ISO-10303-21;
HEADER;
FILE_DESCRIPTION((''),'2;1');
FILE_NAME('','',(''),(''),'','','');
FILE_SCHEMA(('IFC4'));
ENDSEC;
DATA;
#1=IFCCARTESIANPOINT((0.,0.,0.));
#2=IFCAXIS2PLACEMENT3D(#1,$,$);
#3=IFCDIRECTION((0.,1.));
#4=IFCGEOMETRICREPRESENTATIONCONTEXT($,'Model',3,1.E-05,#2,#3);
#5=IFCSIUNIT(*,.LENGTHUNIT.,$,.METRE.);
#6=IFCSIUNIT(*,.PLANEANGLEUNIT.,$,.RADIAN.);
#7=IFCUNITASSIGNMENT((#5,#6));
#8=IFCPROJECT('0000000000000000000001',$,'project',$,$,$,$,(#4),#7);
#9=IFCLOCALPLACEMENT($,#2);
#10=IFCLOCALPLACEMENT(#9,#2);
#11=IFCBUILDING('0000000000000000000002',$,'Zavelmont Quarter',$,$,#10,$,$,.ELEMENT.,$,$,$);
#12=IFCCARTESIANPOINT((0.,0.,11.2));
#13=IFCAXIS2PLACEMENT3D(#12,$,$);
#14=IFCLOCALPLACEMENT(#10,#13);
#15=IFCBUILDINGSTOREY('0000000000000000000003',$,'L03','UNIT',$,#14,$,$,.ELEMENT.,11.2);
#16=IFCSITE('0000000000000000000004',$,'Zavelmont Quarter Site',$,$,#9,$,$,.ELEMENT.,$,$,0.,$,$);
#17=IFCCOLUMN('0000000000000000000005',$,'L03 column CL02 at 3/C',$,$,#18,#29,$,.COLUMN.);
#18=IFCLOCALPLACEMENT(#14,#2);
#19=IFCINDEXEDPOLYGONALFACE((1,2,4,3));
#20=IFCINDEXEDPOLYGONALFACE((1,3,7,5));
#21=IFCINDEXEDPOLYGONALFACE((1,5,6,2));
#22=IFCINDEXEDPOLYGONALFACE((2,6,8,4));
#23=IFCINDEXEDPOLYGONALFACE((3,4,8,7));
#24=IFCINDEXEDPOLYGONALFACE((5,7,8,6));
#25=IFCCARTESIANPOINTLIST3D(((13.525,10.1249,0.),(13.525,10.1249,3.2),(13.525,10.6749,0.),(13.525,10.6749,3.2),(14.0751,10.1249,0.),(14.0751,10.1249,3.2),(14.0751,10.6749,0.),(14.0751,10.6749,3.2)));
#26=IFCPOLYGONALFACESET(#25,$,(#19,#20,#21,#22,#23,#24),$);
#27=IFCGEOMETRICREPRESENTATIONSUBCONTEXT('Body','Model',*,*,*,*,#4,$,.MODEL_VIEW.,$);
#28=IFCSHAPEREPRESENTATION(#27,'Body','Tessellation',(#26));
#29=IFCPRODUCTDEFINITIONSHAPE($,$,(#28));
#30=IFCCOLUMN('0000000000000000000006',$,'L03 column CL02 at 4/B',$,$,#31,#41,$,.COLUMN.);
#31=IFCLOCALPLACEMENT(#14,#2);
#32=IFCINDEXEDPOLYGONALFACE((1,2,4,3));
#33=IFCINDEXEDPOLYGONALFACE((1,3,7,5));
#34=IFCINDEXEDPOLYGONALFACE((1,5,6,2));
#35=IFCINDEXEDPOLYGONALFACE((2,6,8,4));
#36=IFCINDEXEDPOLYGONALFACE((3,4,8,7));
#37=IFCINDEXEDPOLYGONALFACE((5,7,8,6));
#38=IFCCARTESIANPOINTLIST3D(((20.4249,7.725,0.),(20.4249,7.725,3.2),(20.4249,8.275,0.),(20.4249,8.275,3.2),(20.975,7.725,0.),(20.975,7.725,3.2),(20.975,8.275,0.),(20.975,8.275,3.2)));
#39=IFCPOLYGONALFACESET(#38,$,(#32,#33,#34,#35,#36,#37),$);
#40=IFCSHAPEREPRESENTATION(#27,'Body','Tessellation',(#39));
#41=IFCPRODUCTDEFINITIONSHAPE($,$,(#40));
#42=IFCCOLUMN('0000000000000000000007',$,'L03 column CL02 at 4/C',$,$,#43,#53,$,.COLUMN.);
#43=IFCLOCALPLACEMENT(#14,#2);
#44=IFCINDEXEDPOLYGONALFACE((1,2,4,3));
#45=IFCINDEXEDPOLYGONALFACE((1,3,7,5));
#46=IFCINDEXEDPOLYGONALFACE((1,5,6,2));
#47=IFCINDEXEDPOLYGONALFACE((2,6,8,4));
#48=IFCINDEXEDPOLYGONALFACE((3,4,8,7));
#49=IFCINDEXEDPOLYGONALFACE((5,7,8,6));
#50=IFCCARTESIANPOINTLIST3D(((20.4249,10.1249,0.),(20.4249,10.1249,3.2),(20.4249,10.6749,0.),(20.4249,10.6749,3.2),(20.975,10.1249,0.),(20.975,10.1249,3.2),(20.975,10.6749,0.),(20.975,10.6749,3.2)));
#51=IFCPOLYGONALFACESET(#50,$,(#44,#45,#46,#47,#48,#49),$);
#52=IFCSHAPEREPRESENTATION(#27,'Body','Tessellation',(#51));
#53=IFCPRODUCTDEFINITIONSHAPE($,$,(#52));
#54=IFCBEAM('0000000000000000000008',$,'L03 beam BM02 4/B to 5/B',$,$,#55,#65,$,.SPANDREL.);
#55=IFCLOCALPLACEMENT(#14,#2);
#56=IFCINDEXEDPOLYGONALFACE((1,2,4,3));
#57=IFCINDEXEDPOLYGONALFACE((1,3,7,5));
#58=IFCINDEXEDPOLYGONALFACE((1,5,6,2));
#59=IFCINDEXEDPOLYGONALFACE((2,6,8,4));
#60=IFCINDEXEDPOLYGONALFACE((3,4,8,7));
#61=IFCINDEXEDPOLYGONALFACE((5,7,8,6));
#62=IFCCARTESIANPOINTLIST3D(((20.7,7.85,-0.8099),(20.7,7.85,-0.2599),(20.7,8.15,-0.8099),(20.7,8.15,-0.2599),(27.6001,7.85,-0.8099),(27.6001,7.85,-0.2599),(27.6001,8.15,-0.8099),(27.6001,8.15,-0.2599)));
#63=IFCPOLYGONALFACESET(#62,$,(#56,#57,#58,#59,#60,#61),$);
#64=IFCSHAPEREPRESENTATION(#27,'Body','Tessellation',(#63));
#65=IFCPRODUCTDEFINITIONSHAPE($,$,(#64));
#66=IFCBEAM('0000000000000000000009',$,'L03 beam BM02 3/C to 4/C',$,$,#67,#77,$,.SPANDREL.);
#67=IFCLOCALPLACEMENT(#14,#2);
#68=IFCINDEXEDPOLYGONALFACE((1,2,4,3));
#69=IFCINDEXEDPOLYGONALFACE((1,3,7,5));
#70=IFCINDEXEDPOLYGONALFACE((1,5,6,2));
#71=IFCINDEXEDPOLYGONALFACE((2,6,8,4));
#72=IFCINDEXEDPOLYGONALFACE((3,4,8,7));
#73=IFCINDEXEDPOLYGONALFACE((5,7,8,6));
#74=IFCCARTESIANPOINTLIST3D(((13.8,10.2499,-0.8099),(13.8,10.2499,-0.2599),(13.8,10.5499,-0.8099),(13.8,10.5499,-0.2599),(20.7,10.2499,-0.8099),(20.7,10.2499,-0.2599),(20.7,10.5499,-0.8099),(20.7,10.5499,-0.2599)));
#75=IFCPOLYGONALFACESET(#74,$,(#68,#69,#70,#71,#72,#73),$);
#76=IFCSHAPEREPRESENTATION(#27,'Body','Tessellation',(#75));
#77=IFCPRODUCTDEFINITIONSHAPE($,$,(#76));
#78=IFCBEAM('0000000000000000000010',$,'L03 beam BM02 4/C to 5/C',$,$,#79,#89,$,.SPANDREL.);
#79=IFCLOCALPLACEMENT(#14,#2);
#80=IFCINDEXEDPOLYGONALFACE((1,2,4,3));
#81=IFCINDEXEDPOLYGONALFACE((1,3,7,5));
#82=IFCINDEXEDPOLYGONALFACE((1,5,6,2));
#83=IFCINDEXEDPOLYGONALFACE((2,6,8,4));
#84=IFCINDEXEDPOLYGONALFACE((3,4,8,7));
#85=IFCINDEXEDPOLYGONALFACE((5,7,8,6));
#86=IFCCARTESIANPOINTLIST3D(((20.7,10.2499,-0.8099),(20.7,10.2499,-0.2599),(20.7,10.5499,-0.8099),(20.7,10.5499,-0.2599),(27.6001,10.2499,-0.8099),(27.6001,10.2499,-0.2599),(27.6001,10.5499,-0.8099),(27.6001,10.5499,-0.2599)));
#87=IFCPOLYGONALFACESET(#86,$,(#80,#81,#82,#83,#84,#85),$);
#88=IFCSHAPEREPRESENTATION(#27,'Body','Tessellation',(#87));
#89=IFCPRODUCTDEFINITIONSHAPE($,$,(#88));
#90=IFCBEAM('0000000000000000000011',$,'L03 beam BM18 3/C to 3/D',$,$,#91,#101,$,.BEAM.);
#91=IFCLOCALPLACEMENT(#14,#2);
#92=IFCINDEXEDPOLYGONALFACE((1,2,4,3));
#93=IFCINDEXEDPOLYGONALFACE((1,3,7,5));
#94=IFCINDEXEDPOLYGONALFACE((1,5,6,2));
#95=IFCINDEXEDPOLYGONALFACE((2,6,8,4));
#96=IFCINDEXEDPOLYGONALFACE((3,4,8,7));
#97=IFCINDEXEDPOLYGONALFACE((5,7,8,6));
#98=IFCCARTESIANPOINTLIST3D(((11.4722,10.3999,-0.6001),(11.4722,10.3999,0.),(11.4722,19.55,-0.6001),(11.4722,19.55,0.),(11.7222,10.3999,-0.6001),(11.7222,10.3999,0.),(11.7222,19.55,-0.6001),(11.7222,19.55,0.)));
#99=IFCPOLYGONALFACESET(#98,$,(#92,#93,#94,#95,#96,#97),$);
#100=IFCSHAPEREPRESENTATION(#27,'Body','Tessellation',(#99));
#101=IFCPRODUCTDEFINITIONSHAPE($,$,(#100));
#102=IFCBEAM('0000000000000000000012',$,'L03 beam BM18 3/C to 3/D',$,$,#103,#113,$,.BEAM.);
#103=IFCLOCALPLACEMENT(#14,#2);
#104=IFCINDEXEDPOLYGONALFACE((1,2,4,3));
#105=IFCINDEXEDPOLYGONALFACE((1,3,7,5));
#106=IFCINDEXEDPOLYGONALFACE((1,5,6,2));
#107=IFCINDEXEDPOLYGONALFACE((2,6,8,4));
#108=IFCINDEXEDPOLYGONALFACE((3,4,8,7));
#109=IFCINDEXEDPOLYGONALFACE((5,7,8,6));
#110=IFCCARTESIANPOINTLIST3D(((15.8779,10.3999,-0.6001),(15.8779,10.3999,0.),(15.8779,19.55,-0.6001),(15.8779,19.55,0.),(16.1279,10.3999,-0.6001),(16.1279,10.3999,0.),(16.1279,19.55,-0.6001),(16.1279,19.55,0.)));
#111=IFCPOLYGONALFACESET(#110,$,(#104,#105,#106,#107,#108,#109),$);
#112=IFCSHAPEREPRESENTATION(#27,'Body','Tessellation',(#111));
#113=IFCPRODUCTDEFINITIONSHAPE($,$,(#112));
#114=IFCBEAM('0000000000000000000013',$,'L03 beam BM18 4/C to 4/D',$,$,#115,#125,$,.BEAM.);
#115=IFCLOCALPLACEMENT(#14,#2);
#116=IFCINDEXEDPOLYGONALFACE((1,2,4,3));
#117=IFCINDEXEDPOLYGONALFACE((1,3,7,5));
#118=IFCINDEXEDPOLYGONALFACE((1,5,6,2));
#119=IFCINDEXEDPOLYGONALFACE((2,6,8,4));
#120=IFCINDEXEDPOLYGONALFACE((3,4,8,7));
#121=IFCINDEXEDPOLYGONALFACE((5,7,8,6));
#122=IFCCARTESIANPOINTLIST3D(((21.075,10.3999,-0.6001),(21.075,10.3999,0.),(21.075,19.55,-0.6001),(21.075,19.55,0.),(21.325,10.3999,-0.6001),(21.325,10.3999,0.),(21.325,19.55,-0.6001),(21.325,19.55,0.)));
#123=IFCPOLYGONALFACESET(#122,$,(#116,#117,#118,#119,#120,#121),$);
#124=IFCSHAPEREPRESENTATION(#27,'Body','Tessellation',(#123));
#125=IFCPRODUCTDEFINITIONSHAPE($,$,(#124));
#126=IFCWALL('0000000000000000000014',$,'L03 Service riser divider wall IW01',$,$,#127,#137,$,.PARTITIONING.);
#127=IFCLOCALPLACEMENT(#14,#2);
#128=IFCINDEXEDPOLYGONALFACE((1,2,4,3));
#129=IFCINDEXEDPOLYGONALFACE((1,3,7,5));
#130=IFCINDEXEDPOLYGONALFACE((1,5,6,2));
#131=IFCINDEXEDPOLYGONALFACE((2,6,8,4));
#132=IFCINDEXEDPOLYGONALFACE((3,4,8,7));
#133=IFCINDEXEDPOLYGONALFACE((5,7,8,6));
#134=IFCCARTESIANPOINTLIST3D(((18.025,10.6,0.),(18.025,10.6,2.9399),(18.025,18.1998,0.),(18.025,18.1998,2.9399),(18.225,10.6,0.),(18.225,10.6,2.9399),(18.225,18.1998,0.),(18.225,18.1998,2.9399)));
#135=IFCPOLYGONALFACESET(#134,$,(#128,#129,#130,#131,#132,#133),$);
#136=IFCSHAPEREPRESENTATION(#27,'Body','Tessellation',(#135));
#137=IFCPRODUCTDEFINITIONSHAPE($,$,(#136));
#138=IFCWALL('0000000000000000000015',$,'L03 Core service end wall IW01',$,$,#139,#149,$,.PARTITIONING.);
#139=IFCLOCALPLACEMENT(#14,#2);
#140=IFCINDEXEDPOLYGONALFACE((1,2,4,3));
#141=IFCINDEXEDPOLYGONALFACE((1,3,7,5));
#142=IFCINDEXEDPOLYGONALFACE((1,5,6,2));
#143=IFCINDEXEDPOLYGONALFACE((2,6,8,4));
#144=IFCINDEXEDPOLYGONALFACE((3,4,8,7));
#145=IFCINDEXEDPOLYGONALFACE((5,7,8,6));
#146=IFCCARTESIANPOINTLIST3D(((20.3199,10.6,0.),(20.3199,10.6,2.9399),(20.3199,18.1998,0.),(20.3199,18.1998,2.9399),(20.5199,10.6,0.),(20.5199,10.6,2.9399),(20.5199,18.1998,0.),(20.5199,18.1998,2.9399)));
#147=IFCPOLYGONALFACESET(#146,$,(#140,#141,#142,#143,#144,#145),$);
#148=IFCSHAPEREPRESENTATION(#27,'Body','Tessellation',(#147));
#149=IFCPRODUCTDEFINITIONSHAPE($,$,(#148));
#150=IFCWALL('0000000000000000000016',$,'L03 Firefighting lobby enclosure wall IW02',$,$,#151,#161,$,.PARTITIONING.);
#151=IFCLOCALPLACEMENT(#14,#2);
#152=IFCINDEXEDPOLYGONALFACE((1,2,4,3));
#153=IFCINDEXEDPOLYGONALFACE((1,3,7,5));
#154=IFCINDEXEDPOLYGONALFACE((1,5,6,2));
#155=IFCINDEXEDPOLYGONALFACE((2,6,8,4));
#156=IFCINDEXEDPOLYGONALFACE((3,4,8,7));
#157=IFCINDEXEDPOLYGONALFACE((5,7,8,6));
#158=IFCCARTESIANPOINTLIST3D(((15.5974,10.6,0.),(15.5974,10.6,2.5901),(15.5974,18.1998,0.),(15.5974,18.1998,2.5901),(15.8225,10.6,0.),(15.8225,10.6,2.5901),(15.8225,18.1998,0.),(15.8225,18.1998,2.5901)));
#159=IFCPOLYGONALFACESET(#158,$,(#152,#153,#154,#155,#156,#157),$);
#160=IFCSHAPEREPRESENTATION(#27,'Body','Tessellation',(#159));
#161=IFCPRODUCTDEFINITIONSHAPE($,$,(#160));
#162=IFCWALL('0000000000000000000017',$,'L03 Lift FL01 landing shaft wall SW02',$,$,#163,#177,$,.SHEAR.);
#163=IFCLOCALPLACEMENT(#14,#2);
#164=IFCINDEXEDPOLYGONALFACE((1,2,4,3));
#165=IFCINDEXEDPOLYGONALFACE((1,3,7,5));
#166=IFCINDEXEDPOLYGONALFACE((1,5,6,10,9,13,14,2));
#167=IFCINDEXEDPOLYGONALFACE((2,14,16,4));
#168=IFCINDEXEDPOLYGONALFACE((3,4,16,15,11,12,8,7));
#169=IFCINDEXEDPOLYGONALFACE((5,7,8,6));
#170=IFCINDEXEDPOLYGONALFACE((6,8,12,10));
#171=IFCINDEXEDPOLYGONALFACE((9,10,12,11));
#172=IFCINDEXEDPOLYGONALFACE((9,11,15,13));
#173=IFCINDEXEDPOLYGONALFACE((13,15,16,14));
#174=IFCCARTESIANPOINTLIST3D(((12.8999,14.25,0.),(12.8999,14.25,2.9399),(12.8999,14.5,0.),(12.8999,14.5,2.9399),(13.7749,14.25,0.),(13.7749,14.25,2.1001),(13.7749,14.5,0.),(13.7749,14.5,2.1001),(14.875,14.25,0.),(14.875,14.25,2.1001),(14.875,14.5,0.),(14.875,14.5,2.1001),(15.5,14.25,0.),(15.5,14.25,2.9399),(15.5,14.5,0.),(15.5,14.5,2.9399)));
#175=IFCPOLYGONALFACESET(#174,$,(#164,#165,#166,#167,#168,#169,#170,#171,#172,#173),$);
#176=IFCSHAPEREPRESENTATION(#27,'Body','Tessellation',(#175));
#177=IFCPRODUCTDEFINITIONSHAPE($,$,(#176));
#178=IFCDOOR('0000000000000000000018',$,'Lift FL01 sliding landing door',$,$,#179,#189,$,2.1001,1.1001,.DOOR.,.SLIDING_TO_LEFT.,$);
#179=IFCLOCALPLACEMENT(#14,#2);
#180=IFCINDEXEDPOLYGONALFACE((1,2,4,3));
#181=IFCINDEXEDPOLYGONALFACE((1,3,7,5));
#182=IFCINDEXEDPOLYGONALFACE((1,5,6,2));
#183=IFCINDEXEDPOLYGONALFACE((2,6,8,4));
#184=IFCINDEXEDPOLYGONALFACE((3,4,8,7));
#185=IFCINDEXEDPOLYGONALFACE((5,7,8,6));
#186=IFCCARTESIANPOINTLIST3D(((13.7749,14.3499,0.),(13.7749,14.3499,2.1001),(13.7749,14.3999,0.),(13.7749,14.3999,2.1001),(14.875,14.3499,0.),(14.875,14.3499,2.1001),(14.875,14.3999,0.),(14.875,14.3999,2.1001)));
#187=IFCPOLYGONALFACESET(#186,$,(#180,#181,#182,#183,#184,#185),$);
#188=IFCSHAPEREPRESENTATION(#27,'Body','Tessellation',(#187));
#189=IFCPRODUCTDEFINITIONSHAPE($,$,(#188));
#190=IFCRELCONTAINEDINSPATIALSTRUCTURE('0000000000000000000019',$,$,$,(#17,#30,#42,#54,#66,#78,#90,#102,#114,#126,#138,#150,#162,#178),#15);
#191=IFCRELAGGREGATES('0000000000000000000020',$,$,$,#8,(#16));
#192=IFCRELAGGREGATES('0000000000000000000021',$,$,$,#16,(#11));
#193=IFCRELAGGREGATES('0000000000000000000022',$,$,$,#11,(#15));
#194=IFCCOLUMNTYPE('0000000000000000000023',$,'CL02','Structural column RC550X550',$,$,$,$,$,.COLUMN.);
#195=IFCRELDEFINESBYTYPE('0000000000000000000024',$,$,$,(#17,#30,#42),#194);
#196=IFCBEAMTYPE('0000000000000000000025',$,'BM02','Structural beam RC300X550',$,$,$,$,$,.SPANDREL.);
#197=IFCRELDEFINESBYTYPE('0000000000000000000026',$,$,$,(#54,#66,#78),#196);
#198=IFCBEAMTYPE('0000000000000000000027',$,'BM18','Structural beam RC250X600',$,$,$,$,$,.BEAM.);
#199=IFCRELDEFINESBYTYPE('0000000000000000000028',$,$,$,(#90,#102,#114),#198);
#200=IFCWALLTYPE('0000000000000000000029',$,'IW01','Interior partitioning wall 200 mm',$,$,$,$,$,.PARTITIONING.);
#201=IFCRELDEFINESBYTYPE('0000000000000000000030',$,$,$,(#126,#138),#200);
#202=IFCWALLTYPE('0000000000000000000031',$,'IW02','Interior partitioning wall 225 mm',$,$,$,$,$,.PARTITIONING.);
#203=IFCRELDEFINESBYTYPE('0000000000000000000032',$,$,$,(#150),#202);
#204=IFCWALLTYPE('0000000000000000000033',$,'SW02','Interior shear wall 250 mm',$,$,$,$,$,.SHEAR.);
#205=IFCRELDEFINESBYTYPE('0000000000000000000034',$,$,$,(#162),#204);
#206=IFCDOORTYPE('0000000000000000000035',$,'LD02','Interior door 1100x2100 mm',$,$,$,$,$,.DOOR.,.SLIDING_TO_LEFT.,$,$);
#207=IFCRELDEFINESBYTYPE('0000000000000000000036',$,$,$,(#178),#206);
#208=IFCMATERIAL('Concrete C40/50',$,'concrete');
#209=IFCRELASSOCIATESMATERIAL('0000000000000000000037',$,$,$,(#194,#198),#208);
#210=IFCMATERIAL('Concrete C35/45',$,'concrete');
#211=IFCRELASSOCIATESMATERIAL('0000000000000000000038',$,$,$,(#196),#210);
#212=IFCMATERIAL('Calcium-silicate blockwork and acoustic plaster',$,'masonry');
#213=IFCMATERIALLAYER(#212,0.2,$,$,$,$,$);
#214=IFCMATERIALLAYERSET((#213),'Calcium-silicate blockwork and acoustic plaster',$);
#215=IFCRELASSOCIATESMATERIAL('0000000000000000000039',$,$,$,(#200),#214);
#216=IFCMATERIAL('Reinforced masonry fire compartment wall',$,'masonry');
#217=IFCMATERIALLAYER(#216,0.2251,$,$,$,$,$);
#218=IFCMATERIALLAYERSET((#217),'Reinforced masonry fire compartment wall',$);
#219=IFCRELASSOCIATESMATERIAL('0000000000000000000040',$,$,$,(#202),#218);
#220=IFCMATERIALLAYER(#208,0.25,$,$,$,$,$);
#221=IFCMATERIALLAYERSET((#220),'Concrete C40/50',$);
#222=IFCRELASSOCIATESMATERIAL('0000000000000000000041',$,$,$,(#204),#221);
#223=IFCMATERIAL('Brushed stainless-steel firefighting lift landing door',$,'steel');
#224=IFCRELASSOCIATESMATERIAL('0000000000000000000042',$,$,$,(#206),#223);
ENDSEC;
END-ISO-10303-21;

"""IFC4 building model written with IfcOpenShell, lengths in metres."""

from ifc_helpers import new_model, si_unit, direction, frame, frame_2d, origin, origin_with_axes, origin_2d, place, context, subcontext, project, spatial, rectangle, extrude, material, layer, layer_set, material_profile, profile_set, type_object, element, fill, save


model = new_model("IFC4")

# Units and contexts
model_context = context("Model", 3, precision=1e-05, world=origin(), true_north=direction((0.0, 1.0)))
body_context = subcontext(model_context, "Body", "Model", "MODEL_VIEW")
ifc_project = project(units=[si_unit("LENGTHUNIT", "METRE"), si_unit("PLANEANGLEUNIT", "RADIAN")], contexts=[model_context])

# Site, building, storey
site_placement = place(None, origin())
site = spatial("IfcSite", under=ifc_project, at=site_placement, Name="Zavelmont Quarter Site", CompositionType="ELEMENT", RefElevation=0.0)
building_placement = place(site_placement, origin())
building = spatial("IfcBuilding", under=site, at=building_placement, Name="Zavelmont Quarter", CompositionType="ELEMENT")
storey_placement = place(building_placement, frame((0.0, 0.0, 11.2)))
storey = spatial("IfcBuildingStorey", under=building, at=storey_placement, Name="L03", Description="UNIT", CompositionType="ELEMENT", Elevation=11.2)

# Columns
ifc_material_1 = material(Name="Concrete C40/50", Category="concrete")
ifc_material_profile_1 = material_profile(ifc_material_1, rectangle(XDim=0.55, YDim=0.55, at=origin_2d()), Name="RC550X550")
ifc_profile_set_1 = profile_set([ifc_material_profile_1], Name="Concrete C40/50")
column_type = type_object("IfcColumnType", Name="CL02", Description="Structural column RC550X550", PredefinedType="COLUMN", material=ifc_profile_set_1)
for number, where, z_axis, x_axis, name in (
    (1, (13.8, 10.3999, 0.0), (0.0, 0.0, 1.0), (1.0, 0.0, 0.0), "L03 column CL02 at 3/C"),
    (2, (20.7, 8.0, 0.0), (0.0, 0.0, 1.0), (1.0, 0.0, 0.0), "L03 column CL02 at 4/B"),
    (3, (20.7, 10.3999, 0.0), (0.0, 0.0, 1.0), (1.0, 0.0, 0.0), "L03 column CL02 at 4/C"),
):
    element("IfcColumn", number, at=place(storey_placement, frame(where, z_axis=z_axis, x_axis=x_axis)), inside=storey, type_object=column_type, Name=name, PredefinedType="COLUMN", context=body_context, shape_type="SweptSolid", body=[
        extrude(rectangle(XDim=0.55, YDim=0.55, at=origin_2d()), origin(), (0.0, 0.0, 1.0), 3.2),
    ])

# Beams
ifc_material_2 = material(Name="Concrete C35/45", Category="concrete")
ifc_material_profile_2 = material_profile(ifc_material_2, rectangle(XDim=0.3, YDim=0.55, at=origin_2d()), Name="RC300X550")
ifc_profile_set_2 = profile_set([ifc_material_profile_2], Name="Concrete C35/45")
beam_type_1 = type_object("IfcBeamType", Name="BM02", Description="Structural beam RC300X550", PredefinedType="SPANDREL", material=ifc_profile_set_2)
beam_1_placement = place(storey_placement, frame((20.7, 8.0, -0.5349), z_axis=(1.0, 0.0, 0.0), x_axis=(0.0, 1.0, 0.0)))
element("IfcBeam", 4, at=beam_1_placement, inside=storey, type_object=beam_type_1, Name="L03 beam BM02 4/B to 5/B", PredefinedType="SPANDREL", context=body_context, shape_type="SweptSolid", body=[
    extrude(rectangle(XDim=0.3, YDim=0.55, at=origin_2d()), origin(), (0.0, 0.0, 1.0), 6.9001),
])
beam_2_placement = place(storey_placement, frame((13.8, 10.3999, -0.5349), z_axis=(1.0, 0.0, 0.0), x_axis=(0.0, 1.0, 0.0)))
element("IfcBeam", 5, at=beam_2_placement, inside=storey, type_object=beam_type_1, Name="L03 beam BM02 3/C to 4/C", PredefinedType="SPANDREL", context=body_context, shape_type="SweptSolid", body=[
    extrude(rectangle(XDim=0.3, YDim=0.55, at=origin_2d()), origin(), (0.0, 0.0, 1.0), 6.8999),
])
beam_3_placement = place(storey_placement, frame((20.7, 10.3999, -0.5349), z_axis=(1.0, 0.0, 0.0), x_axis=(0.0, 1.0, 0.0)))
element("IfcBeam", 6, at=beam_3_placement, inside=storey, type_object=beam_type_1, Name="L03 beam BM02 4/C to 5/C", PredefinedType="SPANDREL", context=body_context, shape_type="SweptSolid", body=[
    extrude(rectangle(XDim=0.3, YDim=0.55, at=origin_2d()), origin(), (0.0, 0.0, 1.0), 6.9001),
])
ifc_material_profile_3 = material_profile(ifc_material_1, rectangle(XDim=0.25, YDim=0.6001, at=origin_2d()), Name="RC250X600")
ifc_profile_set_3 = profile_set([ifc_material_profile_3], Name="Concrete C40/50")
beam_type_2 = type_object("IfcBeamType", Name="BM18", Description="Structural beam RC250X600", PredefinedType="BEAM", material=ifc_profile_set_3)
for number, where, z_axis, x_axis, name in (
    (7, (11.5972, 10.3999, -0.3), (0.0, 1.0, 0.0), (-1.0, 0.0, 0.0), "L03 beam BM18 3/C to 3/D"),
    (8, (16.0029, 10.3999, -0.3), (0.0, 1.0, 0.0), (-1.0, 0.0, 0.0), "L03 beam BM18 3/C to 3/D"),
    (9, (21.2, 10.3999, -0.3), (0.0, 1.0, 0.0), (-1.0, 0.0, 0.0), "L03 beam BM18 4/C to 4/D"),
):
    element("IfcBeam", number, at=place(storey_placement, frame(where, z_axis=z_axis, x_axis=x_axis)), inside=storey, type_object=beam_type_2, Name=name, PredefinedType="BEAM", context=body_context, shape_type="SweptSolid", body=[
        extrude(rectangle(XDim=0.25, YDim=0.6001, at=origin_2d()), origin(), (0.0, 0.0, 1.0), 9.1501),
    ])

# Walls
ifc_material_3 = material(Name="Calcium-silicate blockwork and acoustic plaster", Category="masonry")
ifc_layer_1 = layer(ifc_material_3, 0.2)
ifc_layer_set_1 = layer_set([ifc_layer_1], Name="Calcium-silicate blockwork and acoustic plaster")
wall_type_1 = type_object("IfcWallType", Name="IW01", Description="Interior partitioning wall 200 mm", PredefinedType="PARTITIONING", material=ifc_layer_set_1)
for number, where, z_axis, x_axis, name in (
    (10, (18.125, 10.6001, 0.0), (0.0, 0.0, 1.0), (0.0, 1.0, 0.0), "L03 Service riser divider wall IW01"),
    (11, (20.4199, 10.6001, 0.0), (0.0, 0.0, 1.0), (0.0, 1.0, 0.0), "L03 Core service end wall IW01"),
):
    element("IfcWall", number, at=place(storey_placement, frame(where, z_axis=z_axis, x_axis=x_axis)), inside=storey, type_object=wall_type_1, Name=name, PredefinedType="PARTITIONING", context=body_context, shape_type="SweptSolid", body=[
        extrude(rectangle(XDim=7.5999, YDim=0.2, at=frame_2d((3.7998, 0.0))), origin(), (0.0, 0.0, 1.0), 2.9399),
    ])

# Wall
ifc_material_4 = material(Name="Reinforced masonry fire compartment wall", Category="masonry")
ifc_layer_2 = layer(ifc_material_4, 0.2251)
ifc_layer_set_2 = layer_set([ifc_layer_2], Name="Reinforced masonry fire compartment wall")
wall_type_2 = type_object("IfcWallType", Name="IW02", Description="Interior partitioning wall 225 mm", PredefinedType="PARTITIONING", material=ifc_layer_set_2)
wall_1_placement = place(storey_placement, frame((15.71, 10.6001, 0.0), z_axis=(0.0, 0.0, 1.0), x_axis=(0.0, 1.0, 0.0)))
element("IfcWall", 12, at=wall_1_placement, inside=storey, type_object=wall_type_2, Name="L03 Firefighting lobby enclosure wall IW02", PredefinedType="PARTITIONING", context=body_context, shape_type="SweptSolid", body=[
    extrude(rectangle(XDim=7.5999, YDim=0.2251, at=frame_2d((3.7998, 0.0))), origin(), (0.0, 0.0, 1.0), 2.5901),
])

# Wall, opening, door
ifc_layer_3 = layer(ifc_material_1, 0.25)
ifc_layer_set_3 = layer_set([ifc_layer_3], Name="Concrete C40/50")
wall_type_3 = type_object("IfcWallType", Name="SW02", Description="Interior shear wall 250 mm", PredefinedType="SHEAR", material=ifc_layer_set_3)
wall_2_placement = place(storey_placement, frame((12.8999, 14.375, 0.0), z_axis=(0.0, 0.0, 1.0), x_axis=(1.0, 0.0, 0.0)))
wall_2 = element("IfcWall", 13, at=wall_2_placement, inside=storey, type_object=wall_type_3, Name="L03 Lift FL01 landing shaft wall SW02", PredefinedType="SHEAR", context=body_context, shape_type="SweptSolid", body=[
    extrude(rectangle(XDim=2.6001, YDim=0.25, at=frame_2d((1.3, 0.0))), origin(), (0.0, 0.0, 1.0), 2.9399),
])
opening_1_placement = place(wall_2_placement, frame((0.875, 0.0, 0.0)))
opening_1 = element("IfcOpeningElement", 14, at=opening_1_placement, cuts=wall_2, PredefinedType="OPENING", context=body_context, shape_type="SweptSolid", body=[
    extrude(rectangle(XDim=1.1001, YDim=2.1001, at=frame_2d((0.55, 1.05))), frame((0.0, 0.137, 0.0), z_axis=(0.0, -1.0, 0.0), x_axis=(1.0, 0.0, 0.0)), (0.0, 0.0, 1.0), 0.2739),
])
ifc_material_5 = material(Name="Brushed stainless-steel firefighting lift landing door", Category="steel")
door_type_1 = type_object("IfcDoorType", Name="LD02", Description="Interior door 1100x2100 mm", OperationType="SLIDING_TO_LEFT", PredefinedType="DOOR", material=ifc_material_5)
door_1_placement = place(opening_1_placement, origin_with_axes())
door_1 = element("IfcDoor", 15, at=door_1_placement, inside=storey, type_object=door_type_1, Name="Lift FL01 sliding landing door", OperationType="SLIDING_TO_LEFT", OverallHeight=2.1001, OverallWidth=1.1001, PredefinedType="DOOR", context=body_context, shape_type="SweptSolid", body=[
    extrude(rectangle(XDim=1.1001, YDim=2.1001, at=frame_2d((0.55, 1.05))), frame((0.0, 0.0249, 0.0), z_axis=(0.0, -1.0, 0.0), x_axis=(1.0, 0.0, 0.0)), (0.0, 0.0, 1.0), 0.05),
])
fill(opening_1, door_1)

save(model, "model.ifc")
